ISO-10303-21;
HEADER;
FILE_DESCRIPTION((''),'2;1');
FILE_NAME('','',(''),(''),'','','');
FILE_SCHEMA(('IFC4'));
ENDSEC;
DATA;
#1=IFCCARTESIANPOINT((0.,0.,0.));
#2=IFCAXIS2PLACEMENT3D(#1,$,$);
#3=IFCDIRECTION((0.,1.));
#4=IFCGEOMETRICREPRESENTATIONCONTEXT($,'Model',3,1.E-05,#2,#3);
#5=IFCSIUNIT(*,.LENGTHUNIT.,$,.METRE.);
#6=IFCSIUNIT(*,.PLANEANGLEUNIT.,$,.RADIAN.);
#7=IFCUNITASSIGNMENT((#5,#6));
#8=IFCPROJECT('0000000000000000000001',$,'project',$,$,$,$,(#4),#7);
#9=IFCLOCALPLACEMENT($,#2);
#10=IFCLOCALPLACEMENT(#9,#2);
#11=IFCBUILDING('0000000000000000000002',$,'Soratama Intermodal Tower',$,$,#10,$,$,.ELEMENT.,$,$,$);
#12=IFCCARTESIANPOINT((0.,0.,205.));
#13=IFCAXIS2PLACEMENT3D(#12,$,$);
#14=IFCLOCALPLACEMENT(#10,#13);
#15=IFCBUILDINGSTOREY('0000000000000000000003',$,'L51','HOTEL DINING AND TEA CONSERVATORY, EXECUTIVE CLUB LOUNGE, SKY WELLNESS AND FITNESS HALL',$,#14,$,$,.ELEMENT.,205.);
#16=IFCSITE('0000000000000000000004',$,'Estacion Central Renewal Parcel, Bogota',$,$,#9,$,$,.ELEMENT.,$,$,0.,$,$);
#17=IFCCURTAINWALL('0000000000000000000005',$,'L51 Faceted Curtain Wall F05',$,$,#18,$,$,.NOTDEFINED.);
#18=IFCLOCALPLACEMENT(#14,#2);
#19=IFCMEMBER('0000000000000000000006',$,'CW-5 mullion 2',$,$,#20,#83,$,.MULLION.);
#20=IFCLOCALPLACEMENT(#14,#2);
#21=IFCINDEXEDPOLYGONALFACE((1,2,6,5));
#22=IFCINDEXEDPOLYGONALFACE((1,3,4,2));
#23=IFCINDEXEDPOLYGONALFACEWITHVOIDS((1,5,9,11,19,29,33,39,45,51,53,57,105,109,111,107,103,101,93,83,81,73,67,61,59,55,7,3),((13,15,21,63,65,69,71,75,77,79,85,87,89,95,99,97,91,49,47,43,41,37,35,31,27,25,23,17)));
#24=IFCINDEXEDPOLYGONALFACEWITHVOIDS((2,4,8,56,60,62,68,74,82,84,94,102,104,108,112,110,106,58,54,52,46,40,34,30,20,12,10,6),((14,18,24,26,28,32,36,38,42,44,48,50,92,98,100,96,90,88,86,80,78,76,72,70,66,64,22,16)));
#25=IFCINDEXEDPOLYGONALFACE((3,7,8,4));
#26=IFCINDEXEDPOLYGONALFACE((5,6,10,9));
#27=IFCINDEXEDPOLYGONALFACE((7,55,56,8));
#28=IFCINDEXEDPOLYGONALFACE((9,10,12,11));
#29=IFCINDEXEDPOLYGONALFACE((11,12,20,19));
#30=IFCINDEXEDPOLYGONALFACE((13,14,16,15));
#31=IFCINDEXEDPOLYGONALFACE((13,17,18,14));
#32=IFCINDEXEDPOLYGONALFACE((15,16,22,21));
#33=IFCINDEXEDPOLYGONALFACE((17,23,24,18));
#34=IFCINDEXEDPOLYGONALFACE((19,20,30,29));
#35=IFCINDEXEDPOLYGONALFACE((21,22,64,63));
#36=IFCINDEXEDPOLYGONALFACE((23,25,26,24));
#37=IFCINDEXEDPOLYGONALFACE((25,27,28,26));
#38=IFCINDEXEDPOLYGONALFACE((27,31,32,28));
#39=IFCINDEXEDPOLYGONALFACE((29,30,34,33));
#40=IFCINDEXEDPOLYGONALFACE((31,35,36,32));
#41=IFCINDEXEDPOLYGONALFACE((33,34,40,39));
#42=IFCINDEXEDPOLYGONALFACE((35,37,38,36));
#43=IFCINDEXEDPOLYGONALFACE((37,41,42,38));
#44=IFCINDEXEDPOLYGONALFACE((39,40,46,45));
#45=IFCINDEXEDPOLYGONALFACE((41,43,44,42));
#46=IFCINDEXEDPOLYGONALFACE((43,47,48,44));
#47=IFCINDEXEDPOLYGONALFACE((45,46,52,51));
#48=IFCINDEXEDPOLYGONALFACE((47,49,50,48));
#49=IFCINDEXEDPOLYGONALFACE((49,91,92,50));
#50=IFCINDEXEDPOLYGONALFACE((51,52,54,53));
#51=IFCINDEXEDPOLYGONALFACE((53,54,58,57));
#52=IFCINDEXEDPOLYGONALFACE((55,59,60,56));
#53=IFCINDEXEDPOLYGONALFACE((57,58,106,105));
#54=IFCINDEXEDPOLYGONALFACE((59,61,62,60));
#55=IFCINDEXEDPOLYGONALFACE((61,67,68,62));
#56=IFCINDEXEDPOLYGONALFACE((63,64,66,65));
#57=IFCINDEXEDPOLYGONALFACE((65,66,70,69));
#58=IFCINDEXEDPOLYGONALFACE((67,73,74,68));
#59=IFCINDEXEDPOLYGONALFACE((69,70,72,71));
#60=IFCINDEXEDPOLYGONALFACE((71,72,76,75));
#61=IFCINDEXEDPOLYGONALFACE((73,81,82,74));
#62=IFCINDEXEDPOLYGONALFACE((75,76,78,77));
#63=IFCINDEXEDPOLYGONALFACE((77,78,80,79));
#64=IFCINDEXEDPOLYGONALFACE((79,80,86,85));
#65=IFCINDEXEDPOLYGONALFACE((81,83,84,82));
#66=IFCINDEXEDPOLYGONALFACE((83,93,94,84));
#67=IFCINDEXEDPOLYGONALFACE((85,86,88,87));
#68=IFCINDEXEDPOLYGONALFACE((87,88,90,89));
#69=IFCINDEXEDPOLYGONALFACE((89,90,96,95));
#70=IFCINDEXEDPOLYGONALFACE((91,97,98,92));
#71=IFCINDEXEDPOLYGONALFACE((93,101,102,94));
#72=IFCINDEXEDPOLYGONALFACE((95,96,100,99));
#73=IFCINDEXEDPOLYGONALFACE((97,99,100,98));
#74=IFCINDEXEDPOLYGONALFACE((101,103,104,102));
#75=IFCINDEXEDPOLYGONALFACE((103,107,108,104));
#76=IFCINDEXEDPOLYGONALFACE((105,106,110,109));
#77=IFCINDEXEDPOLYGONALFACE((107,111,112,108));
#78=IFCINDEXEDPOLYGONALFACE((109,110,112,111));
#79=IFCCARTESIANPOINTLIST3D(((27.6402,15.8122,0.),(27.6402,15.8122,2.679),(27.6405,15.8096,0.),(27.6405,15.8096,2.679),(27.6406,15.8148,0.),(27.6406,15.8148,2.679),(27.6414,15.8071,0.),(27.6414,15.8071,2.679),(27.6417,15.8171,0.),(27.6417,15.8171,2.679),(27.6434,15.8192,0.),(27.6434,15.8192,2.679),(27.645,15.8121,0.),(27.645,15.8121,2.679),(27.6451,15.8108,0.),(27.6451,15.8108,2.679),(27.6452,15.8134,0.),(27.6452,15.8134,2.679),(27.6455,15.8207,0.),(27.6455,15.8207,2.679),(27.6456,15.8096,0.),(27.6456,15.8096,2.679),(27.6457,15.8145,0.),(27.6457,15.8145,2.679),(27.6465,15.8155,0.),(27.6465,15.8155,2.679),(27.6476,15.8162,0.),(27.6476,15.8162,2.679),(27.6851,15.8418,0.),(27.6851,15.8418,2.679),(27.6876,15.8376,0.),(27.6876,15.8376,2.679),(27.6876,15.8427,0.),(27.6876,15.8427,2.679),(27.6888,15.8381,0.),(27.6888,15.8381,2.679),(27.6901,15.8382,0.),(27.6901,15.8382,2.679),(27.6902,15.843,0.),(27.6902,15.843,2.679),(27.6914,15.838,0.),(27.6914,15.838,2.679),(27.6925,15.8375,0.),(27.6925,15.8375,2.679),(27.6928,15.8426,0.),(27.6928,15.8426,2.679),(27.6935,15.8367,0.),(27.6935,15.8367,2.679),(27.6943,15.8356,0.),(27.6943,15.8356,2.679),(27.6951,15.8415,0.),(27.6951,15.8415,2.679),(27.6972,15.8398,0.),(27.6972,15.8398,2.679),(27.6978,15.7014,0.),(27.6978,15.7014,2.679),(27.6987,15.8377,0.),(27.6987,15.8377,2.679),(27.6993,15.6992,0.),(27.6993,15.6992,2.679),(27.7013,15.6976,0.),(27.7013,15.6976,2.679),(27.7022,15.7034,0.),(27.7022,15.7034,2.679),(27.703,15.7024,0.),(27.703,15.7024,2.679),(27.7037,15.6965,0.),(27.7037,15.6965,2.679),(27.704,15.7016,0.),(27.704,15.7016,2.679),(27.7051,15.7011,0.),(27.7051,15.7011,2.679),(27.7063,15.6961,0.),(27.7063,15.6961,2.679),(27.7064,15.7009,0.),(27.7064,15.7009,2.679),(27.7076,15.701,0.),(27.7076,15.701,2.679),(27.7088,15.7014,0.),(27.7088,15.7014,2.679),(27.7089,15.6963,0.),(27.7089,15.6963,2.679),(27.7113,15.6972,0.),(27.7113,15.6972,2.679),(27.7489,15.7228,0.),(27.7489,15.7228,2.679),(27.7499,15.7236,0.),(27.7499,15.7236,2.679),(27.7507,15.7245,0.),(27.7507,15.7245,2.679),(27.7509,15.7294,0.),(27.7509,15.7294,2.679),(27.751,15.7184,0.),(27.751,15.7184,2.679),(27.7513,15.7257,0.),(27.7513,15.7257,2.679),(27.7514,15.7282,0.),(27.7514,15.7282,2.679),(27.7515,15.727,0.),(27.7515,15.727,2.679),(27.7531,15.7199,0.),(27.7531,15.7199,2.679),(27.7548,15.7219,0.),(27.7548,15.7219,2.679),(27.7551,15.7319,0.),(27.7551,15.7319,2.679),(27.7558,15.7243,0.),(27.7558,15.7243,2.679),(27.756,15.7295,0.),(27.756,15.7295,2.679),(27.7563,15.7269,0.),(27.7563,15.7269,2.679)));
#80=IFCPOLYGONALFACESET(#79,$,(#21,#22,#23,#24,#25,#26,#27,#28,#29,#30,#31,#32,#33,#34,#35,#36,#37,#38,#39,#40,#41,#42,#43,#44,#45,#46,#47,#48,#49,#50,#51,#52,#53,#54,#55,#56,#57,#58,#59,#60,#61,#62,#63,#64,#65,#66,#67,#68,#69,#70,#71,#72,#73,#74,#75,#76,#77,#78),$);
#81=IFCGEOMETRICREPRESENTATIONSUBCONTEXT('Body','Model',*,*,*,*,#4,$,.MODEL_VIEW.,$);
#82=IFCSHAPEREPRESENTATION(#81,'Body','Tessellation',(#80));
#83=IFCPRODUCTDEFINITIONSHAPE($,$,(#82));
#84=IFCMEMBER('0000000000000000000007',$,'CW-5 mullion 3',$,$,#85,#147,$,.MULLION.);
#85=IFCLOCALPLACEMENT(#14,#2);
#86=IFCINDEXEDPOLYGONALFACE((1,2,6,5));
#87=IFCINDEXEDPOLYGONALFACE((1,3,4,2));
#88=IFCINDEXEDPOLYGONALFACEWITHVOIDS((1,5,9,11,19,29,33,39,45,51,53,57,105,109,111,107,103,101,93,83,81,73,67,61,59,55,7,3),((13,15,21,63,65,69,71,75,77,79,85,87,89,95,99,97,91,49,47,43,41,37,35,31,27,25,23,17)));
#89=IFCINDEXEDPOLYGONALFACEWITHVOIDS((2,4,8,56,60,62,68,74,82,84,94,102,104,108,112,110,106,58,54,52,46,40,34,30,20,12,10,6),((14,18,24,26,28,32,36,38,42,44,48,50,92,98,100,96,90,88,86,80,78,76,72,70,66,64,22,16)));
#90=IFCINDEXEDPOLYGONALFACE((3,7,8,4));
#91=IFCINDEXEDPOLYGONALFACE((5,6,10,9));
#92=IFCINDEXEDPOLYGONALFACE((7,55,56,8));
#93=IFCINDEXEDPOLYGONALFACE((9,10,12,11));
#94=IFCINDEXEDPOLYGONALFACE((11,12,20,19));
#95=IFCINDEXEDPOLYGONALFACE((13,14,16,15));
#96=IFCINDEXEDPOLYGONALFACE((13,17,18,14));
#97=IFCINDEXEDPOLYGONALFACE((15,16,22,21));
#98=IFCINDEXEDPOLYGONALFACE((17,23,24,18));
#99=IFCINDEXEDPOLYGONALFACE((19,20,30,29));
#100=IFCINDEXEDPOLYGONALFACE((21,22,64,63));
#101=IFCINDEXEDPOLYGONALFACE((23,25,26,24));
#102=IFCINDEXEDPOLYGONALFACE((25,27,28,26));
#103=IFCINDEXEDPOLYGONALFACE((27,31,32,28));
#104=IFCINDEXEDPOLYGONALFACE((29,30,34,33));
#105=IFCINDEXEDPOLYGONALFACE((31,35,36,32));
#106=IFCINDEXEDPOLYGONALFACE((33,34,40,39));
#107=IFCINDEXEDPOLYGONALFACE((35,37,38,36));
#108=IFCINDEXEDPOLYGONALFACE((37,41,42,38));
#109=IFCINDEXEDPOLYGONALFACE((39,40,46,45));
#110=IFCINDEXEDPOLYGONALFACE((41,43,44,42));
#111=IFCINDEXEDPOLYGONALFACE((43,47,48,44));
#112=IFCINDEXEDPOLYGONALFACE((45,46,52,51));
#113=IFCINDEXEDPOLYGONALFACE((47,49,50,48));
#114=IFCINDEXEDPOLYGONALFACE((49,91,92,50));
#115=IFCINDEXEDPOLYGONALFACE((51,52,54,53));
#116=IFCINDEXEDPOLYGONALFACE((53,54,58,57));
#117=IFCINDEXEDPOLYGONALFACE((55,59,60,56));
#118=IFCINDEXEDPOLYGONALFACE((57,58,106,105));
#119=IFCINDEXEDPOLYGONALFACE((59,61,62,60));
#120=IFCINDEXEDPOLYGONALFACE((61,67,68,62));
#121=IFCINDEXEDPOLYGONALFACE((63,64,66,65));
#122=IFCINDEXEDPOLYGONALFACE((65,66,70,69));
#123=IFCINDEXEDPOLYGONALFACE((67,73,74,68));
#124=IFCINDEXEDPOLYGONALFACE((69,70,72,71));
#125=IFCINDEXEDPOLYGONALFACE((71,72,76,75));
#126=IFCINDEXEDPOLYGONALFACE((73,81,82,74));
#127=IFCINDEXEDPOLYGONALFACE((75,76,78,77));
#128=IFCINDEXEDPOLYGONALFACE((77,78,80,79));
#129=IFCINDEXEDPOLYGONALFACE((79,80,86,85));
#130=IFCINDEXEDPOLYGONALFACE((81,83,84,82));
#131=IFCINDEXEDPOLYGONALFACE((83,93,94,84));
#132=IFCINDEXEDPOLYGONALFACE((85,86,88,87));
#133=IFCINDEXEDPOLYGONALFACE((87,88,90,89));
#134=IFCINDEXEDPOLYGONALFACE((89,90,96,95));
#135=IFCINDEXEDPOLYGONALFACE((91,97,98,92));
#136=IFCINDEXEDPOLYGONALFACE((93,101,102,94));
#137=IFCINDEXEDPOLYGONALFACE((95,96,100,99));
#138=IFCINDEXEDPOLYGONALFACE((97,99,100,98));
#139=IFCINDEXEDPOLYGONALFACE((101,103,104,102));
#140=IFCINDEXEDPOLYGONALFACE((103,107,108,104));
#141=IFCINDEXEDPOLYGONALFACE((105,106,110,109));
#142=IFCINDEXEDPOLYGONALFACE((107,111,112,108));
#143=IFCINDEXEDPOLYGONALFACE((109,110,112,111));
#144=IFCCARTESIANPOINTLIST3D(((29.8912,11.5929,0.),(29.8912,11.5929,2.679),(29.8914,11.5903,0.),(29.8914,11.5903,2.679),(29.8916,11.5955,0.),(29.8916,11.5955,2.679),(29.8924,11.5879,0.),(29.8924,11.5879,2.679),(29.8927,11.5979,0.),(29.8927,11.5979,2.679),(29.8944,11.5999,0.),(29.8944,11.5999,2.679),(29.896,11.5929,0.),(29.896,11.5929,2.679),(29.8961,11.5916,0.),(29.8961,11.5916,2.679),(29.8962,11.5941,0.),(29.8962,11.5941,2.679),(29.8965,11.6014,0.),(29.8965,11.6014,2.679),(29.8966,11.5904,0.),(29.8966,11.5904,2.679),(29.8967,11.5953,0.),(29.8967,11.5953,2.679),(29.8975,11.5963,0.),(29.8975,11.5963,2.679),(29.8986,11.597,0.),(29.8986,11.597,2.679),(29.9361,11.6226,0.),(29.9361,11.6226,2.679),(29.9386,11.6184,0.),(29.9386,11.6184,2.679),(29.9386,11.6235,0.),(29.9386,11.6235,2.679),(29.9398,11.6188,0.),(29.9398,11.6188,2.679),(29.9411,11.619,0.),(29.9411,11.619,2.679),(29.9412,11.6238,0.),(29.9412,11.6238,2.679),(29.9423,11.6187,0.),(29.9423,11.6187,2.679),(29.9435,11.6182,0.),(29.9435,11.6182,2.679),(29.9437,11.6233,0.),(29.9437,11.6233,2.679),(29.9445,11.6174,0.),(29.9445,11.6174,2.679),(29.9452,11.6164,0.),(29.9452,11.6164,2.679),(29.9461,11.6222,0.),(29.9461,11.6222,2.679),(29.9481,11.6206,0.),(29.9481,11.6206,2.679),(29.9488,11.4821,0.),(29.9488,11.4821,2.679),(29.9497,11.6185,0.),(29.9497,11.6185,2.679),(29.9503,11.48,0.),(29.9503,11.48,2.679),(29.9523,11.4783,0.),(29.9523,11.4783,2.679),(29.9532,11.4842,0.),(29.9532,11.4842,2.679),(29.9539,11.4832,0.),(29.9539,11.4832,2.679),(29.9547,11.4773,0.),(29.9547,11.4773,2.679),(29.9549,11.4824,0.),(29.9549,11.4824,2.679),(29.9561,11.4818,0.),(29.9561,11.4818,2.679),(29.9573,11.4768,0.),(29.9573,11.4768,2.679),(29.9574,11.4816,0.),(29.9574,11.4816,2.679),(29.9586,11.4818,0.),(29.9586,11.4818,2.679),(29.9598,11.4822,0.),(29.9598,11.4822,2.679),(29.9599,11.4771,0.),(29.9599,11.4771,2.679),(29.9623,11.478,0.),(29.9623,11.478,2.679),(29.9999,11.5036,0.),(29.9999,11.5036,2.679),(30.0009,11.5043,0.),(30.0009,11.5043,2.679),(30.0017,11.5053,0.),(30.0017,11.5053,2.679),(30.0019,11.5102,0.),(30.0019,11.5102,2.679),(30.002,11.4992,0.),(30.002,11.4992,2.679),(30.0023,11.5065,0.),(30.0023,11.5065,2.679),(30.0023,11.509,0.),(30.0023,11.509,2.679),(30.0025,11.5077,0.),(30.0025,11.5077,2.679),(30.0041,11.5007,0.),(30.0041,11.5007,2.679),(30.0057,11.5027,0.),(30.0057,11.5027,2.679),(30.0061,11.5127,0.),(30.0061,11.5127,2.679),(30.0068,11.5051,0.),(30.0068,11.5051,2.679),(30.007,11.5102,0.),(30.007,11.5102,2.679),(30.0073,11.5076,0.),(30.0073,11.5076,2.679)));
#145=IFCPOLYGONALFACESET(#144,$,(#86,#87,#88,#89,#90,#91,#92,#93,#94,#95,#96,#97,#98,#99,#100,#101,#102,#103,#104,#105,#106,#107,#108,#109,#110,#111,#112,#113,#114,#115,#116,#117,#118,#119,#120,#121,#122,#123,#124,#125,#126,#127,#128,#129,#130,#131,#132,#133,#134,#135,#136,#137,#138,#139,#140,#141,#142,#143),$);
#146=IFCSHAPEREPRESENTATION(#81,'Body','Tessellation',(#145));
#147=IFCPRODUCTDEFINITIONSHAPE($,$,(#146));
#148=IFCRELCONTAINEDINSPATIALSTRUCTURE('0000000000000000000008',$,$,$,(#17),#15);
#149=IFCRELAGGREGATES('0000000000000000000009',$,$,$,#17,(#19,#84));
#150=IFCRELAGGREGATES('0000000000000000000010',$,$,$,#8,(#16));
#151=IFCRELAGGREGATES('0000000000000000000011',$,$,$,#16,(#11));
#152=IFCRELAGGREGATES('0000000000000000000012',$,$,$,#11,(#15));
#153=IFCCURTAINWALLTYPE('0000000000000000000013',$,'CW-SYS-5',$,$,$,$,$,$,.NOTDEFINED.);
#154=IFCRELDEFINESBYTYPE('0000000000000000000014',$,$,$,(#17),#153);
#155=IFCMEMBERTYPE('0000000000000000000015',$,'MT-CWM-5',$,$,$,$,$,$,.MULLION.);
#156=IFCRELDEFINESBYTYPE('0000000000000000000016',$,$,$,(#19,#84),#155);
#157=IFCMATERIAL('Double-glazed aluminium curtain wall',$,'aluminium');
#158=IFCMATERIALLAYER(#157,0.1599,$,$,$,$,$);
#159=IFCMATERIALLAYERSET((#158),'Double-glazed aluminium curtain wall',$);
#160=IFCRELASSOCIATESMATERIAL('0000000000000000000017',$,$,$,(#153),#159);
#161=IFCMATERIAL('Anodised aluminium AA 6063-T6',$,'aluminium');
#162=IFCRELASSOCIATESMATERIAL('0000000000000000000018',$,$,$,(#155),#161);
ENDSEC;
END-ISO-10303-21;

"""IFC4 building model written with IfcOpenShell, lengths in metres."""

from ifc_helpers import new_model, si_unit, direction, frame, origin, origin_2d, place, context, subcontext, project, spatial, hollow_rectangle, extrude, material, layer, layer_set, material_profile, profile_set, type_object, element, aggregate, save


model = new_model("IFC4")

# Units and contexts
model_context = context("Model", 3, precision=1e-05, world=origin(), true_north=direction((0.0, 1.0)))
body_context = subcontext(model_context, "Body", "Model", "MODEL_VIEW")
ifc_project = project(units=[si_unit("LENGTHUNIT", "METRE"), si_unit("PLANEANGLEUNIT", "RADIAN")], contexts=[model_context])

# Site, building, storey
site_placement = place(None, origin())
site = spatial("IfcSite", under=ifc_project, at=site_placement, Name="Estacion Central Renewal Parcel, Bogota", CompositionType="ELEMENT", RefElevation=0.0)
building_placement = place(site_placement, origin())
building = spatial("IfcBuilding", under=site, at=building_placement, Name="Soratama Intermodal Tower", CompositionType="ELEMENT")
storey_placement = place(building_placement, frame((0.0, 0.0, 205.0)))
storey = spatial("IfcBuildingStorey", under=building, at=storey_placement, Name="L51", Description="HOTEL DINING AND TEA CONSERVATORY, EXECUTIVE CLUB LOUNGE, SKY WELLNESS AND FITNESS HALL", CompositionType="ELEMENT", Elevation=205.0)

# Curtain wall, members
ifc_material_1 = material(Name="Double-glazed aluminium curtain wall", Category="aluminium")
ifc_layer_1 = layer(ifc_material_1, 0.1599)
ifc_layer_set_1 = layer_set([ifc_layer_1], Name="Double-glazed aluminium curtain wall")
curtain_wall_type = type_object("IfcCurtainWallType", Name="CW-SYS-5", PredefinedType="NOTDEFINED", material=ifc_layer_set_1)
curtain_wall_1_placement = place(storey_placement, origin())
curtain_wall_1 = element("IfcCurtainWall", 1, at=curtain_wall_1_placement, inside=storey, type_object=curtain_wall_type, Name="L51 Faceted Curtain Wall F05", PredefinedType="NOTDEFINED")
ifc_material_2 = material(Name="Anodised aluminium AA 6063-T6", Category="aluminium")
ifc_material_profile_1 = material_profile(ifc_material_2, hollow_rectangle(XDim=0.0649, YDim=0.1399, WallThickness=0.0049, InnerFilletRadius=0.0049, OuterFilletRadius=0.01, at=origin_2d()), Name="CWM140X65X5")
ifc_profile_set_1 = profile_set([ifc_material_profile_1], Name="Anodised aluminium AA 6063-T6")
member_type_1 = type_object("IfcMemberType", Name="MT-CWM-5", PredefinedType="MULLION", material=ifc_profile_set_1)
member_1_placement = place(storey_placement, frame((27.6982, 15.7695, 0.0), z_axis=(0.0, 0.0, 1.0), x_axis=(0.88229, 0.470706, 0.0)))
member_1 = element("IfcMember", 2, at=member_1_placement, type_object=member_type_1, Name="CW-5 mullion 2", PredefinedType="MULLION", context=body_context, shape_type="SweptSolid", body=[
    extrude(hollow_rectangle(XDim=0.0649, YDim=0.1399, WallThickness=0.0049, InnerFilletRadius=0.0049, OuterFilletRadius=0.01, at=origin_2d()), origin(), (0.0, 0.0, 1.0), 2.679),
])
member_2_placement = place(storey_placement, frame((29.9492, 11.5503, 0.0), z_axis=(0.0, 0.0, 1.0), x_axis=(0.88229, 0.470706, 0.0)))
member_2 = element("IfcMember", 3, at=member_2_placement, type_object=member_type_1, Name="CW-5 mullion 3", PredefinedType="MULLION", context=body_context, shape_type="SweptSolid", body=[
    extrude(hollow_rectangle(XDim=0.0649, YDim=0.1399, WallThickness=0.0049, InnerFilletRadius=0.0049, OuterFilletRadius=0.01, at=origin_2d()), origin(), (0.0, 0.0, 1.0), 2.679),
])

aggregate(curtain_wall_1, [member_1, member_2])

save(model, "model.ifc")
